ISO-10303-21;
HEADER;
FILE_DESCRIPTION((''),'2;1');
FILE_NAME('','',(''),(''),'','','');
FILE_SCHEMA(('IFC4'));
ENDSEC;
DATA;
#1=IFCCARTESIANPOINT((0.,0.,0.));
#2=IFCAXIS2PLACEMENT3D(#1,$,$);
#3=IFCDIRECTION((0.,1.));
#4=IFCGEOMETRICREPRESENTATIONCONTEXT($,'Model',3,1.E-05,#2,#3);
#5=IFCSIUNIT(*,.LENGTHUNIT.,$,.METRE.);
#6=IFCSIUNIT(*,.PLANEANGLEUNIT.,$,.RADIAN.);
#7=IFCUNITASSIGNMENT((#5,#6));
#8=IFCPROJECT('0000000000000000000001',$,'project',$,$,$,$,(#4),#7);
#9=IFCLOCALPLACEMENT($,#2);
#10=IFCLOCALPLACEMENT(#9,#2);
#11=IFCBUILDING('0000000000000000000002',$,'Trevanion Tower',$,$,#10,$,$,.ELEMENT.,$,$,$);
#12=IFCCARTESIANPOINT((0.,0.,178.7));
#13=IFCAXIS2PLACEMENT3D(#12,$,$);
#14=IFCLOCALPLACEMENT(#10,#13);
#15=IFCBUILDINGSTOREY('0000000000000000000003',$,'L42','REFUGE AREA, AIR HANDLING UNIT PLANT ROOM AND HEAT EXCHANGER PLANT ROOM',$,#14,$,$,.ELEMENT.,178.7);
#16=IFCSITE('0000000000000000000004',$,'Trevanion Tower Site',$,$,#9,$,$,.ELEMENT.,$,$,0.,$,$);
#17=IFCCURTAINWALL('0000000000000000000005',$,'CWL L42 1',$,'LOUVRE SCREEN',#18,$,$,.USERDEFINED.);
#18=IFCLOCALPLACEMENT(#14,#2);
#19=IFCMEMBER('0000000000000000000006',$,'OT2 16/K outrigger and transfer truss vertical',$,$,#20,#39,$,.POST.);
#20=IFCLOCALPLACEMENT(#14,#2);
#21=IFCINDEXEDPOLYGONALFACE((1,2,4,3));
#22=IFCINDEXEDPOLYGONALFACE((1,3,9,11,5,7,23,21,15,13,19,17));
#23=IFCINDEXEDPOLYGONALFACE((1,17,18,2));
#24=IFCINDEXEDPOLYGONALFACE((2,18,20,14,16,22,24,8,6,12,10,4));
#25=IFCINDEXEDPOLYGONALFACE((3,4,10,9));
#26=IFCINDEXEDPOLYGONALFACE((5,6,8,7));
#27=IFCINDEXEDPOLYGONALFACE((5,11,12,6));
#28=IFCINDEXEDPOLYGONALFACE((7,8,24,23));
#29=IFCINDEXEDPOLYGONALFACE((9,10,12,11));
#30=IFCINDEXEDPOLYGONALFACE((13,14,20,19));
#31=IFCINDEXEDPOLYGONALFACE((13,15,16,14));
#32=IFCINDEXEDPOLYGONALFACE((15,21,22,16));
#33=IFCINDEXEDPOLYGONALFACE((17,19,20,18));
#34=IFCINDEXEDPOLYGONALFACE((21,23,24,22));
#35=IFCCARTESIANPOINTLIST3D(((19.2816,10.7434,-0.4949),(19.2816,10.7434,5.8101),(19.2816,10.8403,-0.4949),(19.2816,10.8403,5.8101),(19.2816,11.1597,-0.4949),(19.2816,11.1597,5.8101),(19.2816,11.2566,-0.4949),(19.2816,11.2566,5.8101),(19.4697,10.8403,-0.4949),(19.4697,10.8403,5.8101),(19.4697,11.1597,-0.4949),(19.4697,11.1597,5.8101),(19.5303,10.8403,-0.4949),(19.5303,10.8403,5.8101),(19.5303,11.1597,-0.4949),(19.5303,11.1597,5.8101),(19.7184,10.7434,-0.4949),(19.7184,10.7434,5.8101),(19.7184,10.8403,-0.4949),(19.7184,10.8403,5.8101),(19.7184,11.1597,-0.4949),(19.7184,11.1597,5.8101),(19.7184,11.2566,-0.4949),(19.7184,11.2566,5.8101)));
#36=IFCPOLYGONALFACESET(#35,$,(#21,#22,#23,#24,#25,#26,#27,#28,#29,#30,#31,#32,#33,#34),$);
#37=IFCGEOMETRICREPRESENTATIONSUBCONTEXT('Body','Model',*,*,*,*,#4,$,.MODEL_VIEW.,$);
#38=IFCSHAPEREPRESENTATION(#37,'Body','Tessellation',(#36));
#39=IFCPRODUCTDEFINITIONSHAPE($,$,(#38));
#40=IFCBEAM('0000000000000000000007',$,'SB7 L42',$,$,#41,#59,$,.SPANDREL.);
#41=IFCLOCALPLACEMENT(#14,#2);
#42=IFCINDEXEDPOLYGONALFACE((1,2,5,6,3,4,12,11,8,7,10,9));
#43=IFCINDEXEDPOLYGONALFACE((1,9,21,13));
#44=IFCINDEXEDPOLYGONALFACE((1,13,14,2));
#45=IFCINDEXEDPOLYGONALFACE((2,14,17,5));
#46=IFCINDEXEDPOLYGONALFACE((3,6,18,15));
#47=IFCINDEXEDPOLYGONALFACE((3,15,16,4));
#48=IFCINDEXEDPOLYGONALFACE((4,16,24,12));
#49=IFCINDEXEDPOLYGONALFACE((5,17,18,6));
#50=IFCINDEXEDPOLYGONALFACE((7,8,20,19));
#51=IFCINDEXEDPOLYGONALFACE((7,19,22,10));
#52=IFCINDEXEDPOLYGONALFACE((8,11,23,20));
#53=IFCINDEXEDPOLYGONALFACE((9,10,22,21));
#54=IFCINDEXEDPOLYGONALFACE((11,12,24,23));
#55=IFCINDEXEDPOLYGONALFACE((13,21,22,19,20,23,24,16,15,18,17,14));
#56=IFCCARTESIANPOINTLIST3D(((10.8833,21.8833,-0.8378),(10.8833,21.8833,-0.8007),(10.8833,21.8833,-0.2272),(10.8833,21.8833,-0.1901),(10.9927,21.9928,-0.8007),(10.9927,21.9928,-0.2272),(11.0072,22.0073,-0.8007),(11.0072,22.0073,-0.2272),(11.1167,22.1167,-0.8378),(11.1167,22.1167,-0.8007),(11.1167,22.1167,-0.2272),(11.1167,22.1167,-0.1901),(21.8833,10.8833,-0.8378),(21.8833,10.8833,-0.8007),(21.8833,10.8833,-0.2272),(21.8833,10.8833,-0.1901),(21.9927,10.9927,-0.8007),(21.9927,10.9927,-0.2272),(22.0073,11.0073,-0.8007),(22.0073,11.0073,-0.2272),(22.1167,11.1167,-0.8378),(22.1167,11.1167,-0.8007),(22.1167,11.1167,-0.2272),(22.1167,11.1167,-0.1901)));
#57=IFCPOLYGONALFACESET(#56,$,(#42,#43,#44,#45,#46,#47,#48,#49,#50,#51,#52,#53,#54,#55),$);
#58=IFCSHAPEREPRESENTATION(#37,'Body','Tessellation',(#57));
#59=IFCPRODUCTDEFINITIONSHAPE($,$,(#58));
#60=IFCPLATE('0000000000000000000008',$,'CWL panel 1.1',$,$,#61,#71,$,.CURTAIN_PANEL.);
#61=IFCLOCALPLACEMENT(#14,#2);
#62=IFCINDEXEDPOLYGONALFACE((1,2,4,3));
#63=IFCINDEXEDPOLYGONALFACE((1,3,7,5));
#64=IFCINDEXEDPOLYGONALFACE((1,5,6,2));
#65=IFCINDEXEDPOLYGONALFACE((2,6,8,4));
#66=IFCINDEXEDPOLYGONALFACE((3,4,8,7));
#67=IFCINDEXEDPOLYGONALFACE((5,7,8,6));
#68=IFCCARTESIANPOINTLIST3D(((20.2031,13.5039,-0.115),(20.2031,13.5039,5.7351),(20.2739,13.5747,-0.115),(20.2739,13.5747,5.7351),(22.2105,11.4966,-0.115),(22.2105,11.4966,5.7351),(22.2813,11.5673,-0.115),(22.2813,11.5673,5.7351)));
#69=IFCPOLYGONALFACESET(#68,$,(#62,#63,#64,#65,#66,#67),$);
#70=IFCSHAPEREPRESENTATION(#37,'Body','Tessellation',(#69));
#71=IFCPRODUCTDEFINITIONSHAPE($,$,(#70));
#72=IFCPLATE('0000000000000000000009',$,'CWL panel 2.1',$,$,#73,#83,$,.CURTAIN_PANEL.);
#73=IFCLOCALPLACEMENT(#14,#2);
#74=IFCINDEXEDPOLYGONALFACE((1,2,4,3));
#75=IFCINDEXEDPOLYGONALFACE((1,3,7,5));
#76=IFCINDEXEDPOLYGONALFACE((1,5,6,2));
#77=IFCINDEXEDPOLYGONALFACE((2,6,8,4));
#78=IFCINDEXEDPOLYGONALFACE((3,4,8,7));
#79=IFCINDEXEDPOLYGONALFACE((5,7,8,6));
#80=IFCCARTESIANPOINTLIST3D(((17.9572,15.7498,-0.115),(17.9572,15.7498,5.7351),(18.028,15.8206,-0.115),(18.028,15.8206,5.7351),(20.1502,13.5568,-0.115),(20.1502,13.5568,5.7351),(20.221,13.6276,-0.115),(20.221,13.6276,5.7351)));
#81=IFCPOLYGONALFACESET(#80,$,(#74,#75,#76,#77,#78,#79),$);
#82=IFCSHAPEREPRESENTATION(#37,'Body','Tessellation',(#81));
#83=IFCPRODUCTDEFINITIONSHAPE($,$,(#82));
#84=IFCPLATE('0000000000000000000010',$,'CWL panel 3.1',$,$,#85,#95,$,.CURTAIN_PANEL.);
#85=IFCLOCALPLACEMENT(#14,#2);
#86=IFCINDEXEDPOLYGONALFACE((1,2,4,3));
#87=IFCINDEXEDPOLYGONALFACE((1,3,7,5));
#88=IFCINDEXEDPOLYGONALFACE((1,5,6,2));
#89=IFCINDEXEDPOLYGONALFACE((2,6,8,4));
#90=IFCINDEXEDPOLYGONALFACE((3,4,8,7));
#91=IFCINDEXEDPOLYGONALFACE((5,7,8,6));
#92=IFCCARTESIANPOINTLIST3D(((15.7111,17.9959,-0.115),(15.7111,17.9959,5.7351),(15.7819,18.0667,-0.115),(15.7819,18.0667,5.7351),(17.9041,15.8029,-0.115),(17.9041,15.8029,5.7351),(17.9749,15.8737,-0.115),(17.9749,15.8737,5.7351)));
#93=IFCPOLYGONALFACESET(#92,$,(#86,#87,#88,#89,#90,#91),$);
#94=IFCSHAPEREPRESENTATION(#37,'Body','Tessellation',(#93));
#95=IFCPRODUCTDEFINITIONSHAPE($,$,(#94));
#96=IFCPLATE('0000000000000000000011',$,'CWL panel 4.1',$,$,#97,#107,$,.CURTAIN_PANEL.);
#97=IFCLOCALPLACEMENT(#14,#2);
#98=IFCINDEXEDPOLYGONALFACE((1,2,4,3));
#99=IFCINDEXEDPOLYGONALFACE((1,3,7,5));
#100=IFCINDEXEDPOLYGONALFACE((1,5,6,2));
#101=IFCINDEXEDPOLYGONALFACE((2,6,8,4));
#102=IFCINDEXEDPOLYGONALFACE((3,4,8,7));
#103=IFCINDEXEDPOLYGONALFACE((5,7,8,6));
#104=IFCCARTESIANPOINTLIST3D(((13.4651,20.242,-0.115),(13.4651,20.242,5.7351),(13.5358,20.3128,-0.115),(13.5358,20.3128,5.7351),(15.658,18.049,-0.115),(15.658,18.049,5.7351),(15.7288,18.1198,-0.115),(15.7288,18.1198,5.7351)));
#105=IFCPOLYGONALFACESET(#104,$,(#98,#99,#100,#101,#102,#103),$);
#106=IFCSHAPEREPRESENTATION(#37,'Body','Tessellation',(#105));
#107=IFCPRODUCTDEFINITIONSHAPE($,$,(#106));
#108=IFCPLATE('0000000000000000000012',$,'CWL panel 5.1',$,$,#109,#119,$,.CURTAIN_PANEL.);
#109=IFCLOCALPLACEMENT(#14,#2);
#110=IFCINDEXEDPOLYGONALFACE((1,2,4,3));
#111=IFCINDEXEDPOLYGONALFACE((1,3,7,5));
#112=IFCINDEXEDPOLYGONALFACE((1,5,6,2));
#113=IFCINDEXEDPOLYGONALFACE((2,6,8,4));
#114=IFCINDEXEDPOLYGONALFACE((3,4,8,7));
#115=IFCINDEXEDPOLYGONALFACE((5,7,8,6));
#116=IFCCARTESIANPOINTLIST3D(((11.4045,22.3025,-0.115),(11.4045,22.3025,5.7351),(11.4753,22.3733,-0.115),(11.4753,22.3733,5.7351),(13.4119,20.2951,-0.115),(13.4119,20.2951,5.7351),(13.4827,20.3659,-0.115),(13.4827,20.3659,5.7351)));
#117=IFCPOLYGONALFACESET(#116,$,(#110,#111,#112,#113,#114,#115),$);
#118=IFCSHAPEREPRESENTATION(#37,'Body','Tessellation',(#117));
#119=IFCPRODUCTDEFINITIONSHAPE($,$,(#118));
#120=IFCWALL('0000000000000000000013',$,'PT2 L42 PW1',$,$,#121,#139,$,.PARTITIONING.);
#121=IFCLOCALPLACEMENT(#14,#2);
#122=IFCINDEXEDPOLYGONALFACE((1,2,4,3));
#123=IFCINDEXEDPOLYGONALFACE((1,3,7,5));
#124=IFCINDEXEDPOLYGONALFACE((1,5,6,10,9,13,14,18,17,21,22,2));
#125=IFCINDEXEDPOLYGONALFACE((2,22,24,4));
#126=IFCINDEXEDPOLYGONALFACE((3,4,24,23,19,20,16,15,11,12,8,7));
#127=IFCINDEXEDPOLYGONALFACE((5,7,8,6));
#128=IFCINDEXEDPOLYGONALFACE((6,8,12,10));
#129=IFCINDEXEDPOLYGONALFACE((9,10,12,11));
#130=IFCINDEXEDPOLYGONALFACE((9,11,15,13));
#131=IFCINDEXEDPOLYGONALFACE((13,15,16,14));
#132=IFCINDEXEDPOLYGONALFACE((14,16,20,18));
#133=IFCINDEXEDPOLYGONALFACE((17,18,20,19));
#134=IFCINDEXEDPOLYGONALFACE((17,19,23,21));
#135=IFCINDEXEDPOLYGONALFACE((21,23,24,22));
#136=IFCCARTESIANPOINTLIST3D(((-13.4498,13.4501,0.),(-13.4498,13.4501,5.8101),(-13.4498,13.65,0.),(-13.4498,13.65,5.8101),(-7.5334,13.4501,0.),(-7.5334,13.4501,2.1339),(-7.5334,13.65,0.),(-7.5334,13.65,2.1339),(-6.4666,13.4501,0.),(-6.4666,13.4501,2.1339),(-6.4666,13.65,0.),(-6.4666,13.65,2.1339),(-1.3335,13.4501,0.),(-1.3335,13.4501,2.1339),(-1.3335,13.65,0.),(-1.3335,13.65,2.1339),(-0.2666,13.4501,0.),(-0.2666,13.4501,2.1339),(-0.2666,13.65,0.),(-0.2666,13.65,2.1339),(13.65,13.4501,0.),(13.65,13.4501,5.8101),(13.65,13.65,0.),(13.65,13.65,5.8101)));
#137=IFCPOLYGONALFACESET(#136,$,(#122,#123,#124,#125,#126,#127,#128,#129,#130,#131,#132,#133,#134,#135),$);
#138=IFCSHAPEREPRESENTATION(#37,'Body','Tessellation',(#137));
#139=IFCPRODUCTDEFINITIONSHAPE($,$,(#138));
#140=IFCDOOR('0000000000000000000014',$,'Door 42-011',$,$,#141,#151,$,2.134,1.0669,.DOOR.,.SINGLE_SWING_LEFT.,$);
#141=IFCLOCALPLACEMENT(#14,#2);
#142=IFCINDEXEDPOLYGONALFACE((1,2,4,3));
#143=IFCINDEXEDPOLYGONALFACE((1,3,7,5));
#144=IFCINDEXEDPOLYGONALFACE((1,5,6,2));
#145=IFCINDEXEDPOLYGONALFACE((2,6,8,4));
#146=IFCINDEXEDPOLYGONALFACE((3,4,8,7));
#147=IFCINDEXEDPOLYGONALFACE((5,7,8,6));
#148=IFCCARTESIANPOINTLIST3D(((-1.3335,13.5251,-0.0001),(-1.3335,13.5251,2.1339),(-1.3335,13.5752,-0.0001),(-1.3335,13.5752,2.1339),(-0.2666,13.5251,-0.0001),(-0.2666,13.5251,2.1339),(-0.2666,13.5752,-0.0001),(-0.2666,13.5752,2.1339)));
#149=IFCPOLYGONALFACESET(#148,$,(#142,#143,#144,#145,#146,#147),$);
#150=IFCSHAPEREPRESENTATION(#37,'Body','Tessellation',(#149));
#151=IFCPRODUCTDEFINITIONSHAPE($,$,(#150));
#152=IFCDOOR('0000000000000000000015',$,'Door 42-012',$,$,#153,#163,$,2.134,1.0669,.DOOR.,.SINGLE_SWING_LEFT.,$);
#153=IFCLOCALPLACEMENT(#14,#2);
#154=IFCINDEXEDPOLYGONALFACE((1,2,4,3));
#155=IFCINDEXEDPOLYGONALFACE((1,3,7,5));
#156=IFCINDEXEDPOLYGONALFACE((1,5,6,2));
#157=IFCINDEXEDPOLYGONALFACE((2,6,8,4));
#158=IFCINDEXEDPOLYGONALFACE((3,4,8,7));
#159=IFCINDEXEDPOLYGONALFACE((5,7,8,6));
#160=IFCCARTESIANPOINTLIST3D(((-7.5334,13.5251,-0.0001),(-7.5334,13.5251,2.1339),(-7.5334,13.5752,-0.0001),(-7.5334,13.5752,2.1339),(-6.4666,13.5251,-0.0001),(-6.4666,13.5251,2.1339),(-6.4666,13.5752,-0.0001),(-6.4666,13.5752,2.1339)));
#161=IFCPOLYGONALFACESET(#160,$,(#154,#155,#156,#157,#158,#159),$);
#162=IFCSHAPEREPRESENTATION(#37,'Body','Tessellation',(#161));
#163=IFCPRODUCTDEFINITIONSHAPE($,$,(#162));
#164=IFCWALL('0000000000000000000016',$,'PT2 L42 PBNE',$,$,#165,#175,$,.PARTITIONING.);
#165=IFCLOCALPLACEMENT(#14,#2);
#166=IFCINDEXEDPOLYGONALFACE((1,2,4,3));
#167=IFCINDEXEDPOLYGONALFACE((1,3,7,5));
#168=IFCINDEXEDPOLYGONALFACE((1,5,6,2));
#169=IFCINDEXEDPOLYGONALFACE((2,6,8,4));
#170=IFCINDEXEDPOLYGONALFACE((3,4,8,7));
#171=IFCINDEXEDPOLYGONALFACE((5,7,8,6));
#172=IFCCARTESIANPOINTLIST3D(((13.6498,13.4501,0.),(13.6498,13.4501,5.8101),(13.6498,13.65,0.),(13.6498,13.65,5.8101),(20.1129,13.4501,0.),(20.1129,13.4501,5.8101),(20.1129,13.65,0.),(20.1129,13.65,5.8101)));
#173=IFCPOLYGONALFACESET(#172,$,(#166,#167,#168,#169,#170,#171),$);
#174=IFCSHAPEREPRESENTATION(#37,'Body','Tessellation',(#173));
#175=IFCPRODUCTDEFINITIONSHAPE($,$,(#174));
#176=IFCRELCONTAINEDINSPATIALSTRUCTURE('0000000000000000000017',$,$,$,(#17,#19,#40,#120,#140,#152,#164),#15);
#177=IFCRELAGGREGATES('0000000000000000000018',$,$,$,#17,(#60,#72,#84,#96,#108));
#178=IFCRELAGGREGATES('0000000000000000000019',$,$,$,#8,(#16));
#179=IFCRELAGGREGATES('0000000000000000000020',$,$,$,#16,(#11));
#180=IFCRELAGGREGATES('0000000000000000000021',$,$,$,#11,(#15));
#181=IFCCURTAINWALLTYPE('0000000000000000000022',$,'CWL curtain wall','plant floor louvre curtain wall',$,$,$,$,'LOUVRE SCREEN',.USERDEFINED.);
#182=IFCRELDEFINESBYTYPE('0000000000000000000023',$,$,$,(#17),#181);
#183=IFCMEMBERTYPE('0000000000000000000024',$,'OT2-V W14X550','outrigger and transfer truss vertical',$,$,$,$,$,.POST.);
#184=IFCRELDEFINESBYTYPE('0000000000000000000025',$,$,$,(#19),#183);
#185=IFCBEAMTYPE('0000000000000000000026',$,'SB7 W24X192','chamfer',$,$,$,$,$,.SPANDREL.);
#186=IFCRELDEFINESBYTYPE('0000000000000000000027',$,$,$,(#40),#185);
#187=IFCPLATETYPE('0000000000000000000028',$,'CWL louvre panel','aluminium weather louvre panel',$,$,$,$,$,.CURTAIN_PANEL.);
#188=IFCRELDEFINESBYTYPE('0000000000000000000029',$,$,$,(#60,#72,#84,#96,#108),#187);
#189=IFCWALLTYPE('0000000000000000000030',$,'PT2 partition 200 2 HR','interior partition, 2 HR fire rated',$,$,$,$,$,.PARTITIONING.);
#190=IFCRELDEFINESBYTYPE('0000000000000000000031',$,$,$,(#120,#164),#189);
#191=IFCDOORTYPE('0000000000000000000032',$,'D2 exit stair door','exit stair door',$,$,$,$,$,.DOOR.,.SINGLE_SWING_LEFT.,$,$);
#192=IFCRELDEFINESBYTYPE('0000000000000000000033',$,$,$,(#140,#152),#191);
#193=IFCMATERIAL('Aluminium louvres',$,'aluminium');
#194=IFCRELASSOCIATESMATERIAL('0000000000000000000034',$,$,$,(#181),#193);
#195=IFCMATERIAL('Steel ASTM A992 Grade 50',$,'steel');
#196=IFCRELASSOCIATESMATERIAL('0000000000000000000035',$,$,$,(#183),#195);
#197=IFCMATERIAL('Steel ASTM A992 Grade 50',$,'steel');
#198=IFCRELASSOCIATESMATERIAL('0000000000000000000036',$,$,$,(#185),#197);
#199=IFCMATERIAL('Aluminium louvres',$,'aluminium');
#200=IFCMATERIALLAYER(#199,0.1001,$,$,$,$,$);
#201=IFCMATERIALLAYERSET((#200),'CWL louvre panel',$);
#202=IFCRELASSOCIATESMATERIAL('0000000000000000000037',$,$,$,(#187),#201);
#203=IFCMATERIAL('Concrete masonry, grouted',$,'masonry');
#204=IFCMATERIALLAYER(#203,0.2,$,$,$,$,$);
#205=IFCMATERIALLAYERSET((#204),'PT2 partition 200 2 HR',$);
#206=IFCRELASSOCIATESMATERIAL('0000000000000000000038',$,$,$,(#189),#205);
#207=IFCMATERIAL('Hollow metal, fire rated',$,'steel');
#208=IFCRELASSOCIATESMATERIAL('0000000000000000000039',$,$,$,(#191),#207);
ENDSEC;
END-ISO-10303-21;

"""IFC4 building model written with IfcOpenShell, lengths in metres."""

from ifc_helpers import new_model, si_unit, direction, frame, frame_2d, origin, origin_2d, place, context, subcontext, project, spatial, rectangle, i_section, extrude, material, layer, layer_set, material_profile, profile_set, type_object, element, fill, aggregate, save


model = new_model("IFC4")

# Units and contexts
model_context = context("Model", 3, precision=1e-05, world=origin(), true_north=direction((0.0, 1.0)))
body_context = subcontext(model_context, "Body", "Model", "MODEL_VIEW")
ifc_project = project(units=[si_unit("LENGTHUNIT", "METRE"), si_unit("PLANEANGLEUNIT", "RADIAN")], contexts=[model_context])

# Site, building, storey
site_placement = place(None, origin())
site = spatial("IfcSite", under=ifc_project, at=site_placement, Name="Trevanion Tower Site", CompositionType="ELEMENT", RefElevation=0.0)
building_placement = place(site_placement, origin())
building = spatial("IfcBuilding", under=site, at=building_placement, Name="Trevanion Tower", CompositionType="ELEMENT")
storey_placement = place(building_placement, frame((0.0, 0.0, 178.7)))
storey = spatial("IfcBuildingStorey", under=building, at=storey_placement, Name="L42", Description="REFUGE AREA, AIR HANDLING UNIT PLANT ROOM AND HEAT EXCHANGER PLANT ROOM", CompositionType="ELEMENT", Elevation=178.7)

# Curtain wall
ifc_material_1 = material(Name="Aluminium louvres", Category="aluminium")
curtain_wall_type = type_object("IfcCurtainWallType", Name="CWL curtain wall", Description="plant floor louvre curtain wall", ElementType="LOUVRE SCREEN", PredefinedType="USERDEFINED", material=ifc_material_1)
curtain_wall_1_placement = place(storey_placement, origin())
curtain_wall_1 = element("IfcCurtainWall", 1, at=curtain_wall_1_placement, inside=storey, type_object=curtain_wall_type, Name="CWL L42 1", ObjectType="LOUVRE SCREEN", PredefinedType="USERDEFINED")

# Member
ifc_material_2 = material(Name="Steel ASTM A992 Grade 50", Category="steel")
ifc_material_profile_1 = material_profile(ifc_material_2, i_section(OverallWidth=0.4368, OverallDepth=0.5132, WebThickness=0.0605, FlangeThickness=0.0969, at=origin_2d()), Name="W14X550")
ifc_profile_set_1 = profile_set([ifc_material_profile_1], Name="Steel ASTM A992 Grade 50")
member_type_1 = type_object("IfcMemberType", Name="OT2-V W14X550", Description="outrigger and transfer truss vertical", PredefinedType="POST", material=ifc_profile_set_1)
for number, where, z_axis, x_axis, name in (
    (2, (19.5, 11.0, -0.4949), (0.0, 0.0, 1.0), (1.0, 0.0, 0.0), "OT2 16/K outrigger and transfer truss vertical"),
):
    element("IfcMember", number, at=place(storey_placement, frame(where, z_axis=z_axis, x_axis=x_axis)), inside=storey, type_object=member_type_1, Name=name, PredefinedType="POST", context=body_context, shape_type="SweptSolid", body=[
        extrude(i_section(OverallWidth=0.4368, OverallDepth=0.5132, WebThickness=0.0605, FlangeThickness=0.0969, at=origin_2d()), origin(), (0.0, 0.0, 1.0), 6.3049),
    ])

# Beam
ifc_material_3 = material(Name="Steel ASTM A992 Grade 50", Category="steel")
ifc_material_profile_2 = material_profile(ifc_material_3, i_section(OverallWidth=0.3301, OverallDepth=0.6477, WebThickness=0.0205, FlangeThickness=0.0371, at=origin_2d()), Name="W24X192")
ifc_profile_set_2 = profile_set([ifc_material_profile_2], Name="Steel ASTM A992 Grade 50")
beam_type_1 = type_object("IfcBeamType", Name="SB7 W24X192", Description="chamfer", PredefinedType="SPANDREL", material=ifc_profile_set_2)
beam_1_placement = place(storey_placement, frame((22.0, 11.0, -0.5139), z_axis=(-0.707107, 0.707107, 0.0), x_axis=(-0.707107, -0.707107, 0.0)))
element("IfcBeam", 3, at=beam_1_placement, inside=storey, type_object=beam_type_1, Name="SB7 L42", PredefinedType="SPANDREL", context=body_context, shape_type="SweptSolid", body=[
    extrude(i_section(OverallWidth=0.3301, OverallDepth=0.6477, WebThickness=0.0205, FlangeThickness=0.0371, at=origin_2d()), origin(), (0.0, 0.0, 1.0), 15.5564),
])

# Plates
ifc_material_4 = material(Name="Aluminium louvres", Category="aluminium")
ifc_layer_1 = layer(ifc_material_4, 0.1001)
ifc_layer_set_1 = layer_set([ifc_layer_1], Name="CWL louvre panel")
plate_type = type_object("IfcPlateType", Name="CWL louvre panel", Description="aluminium weather louvre panel", PredefinedType="CURTAIN_PANEL", material=ifc_layer_set_1)
plate_1_placement = place(storey_placement, frame((21.2422, 12.5356, -0.115), z_axis=(0.0, 0.0, 1.0), x_axis=(-0.707107, 0.707107, 0.0)))
plate_1 = element("IfcPlate", 4, at=plate_1_placement, type_object=plate_type, Name="CWL panel 1.1", PredefinedType="CURTAIN_PANEL", context=body_context, shape_type="SweptSolid", body=[
    extrude(rectangle(XDim=2.8389, YDim=0.1001, at=origin_2d()), origin(), (0.0, 0.0, 1.0), 5.8501),
])
plate_2_placement = place(storey_placement, frame((19.0891, 14.6887, -0.115), z_axis=(0.0, 0.0, 1.0), x_axis=(-0.707107, 0.707107, 0.0)))
plate_2 = element("IfcPlate", 5, at=plate_2_placement, type_object=plate_type, Name="CWL panel 2.1", PredefinedType="CURTAIN_PANEL", context=body_context, shape_type="SweptSolid", body=[
    extrude(rectangle(XDim=3.1013, YDim=0.1001, at=origin_2d()), origin(), (0.0, 0.0, 1.0), 5.8501),
])
plate_3_placement = place(storey_placement, frame((16.843, 16.9348, -0.115), z_axis=(0.0, 0.0, 1.0), x_axis=(-0.707107, 0.707107, 0.0)))
plate_3 = element("IfcPlate", 6, at=plate_3_placement, type_object=plate_type, Name="CWL panel 3.1", PredefinedType="CURTAIN_PANEL", context=body_context, shape_type="SweptSolid", body=[
    extrude(rectangle(XDim=3.1013, YDim=0.1001, at=origin_2d()), origin(), (0.0, 0.0, 1.0), 5.8501),
])
plate_4_placement = place(storey_placement, frame((14.5969, 19.1809, -0.115), z_axis=(0.0, 0.0, 1.0), x_axis=(-0.707107, 0.707107, 0.0)))
plate_4 = element("IfcPlate", 7, at=plate_4_placement, type_object=plate_type, Name="CWL panel 4.1", PredefinedType="CURTAIN_PANEL", context=body_context, shape_type="SweptSolid", body=[
    extrude(rectangle(XDim=3.1013, YDim=0.1001, at=origin_2d()), origin(), (0.0, 0.0, 1.0), 5.8501),
])
plate_5_placement = place(storey_placement, frame((12.4436, 21.3342, -0.115), z_axis=(0.0, 0.0, 1.0), x_axis=(-0.707107, 0.707107, 0.0)))
plate_5 = element("IfcPlate", 8, at=plate_5_placement, type_object=plate_type, Name="CWL panel 5.1", PredefinedType="CURTAIN_PANEL", context=body_context, shape_type="SweptSolid", body=[
    extrude(rectangle(XDim=2.8389, YDim=0.1001, at=origin_2d()), origin(), (0.0, 0.0, 1.0), 5.8501),
])
aggregate(curtain_wall_1, [plate_1, plate_2, plate_3, plate_4, plate_5])

# Wall, openings, doors
ifc_material_5 = material(Name="Concrete masonry, grouted", Category="masonry")
ifc_layer_2 = layer(ifc_material_5, 0.2)
ifc_layer_set_2 = layer_set([ifc_layer_2], Name="PT2 partition 200 2 HR")
wall_type = type_object("IfcWallType", Name="PT2 partition 200 2 HR", Description="interior partition, 2 HR fire rated", PredefinedType="PARTITIONING", material=ifc_layer_set_2)
wall_1_placement = place(storey_placement, frame((13.6499, 13.55, 0.0), z_axis=(0.0, 0.0, 1.0), x_axis=(-1.0, 0.0, 0.0)))
wall_1 = element("IfcWall", 9, at=wall_1_placement, inside=storey, type_object=wall_type, Name="PT2 L42 PW1", PredefinedType="PARTITIONING", context=body_context, shape_type="SweptSolid", body=[
    extrude(rectangle(XDim=27.0999, YDim=0.2, at=frame_2d((13.5498, 0.0))), origin(), (0.0, 0.0, 1.0), 5.8101),
])
opening_1_placement = place(wall_1_placement, frame((13.9165, 0.0, 0.0)))
opening_1 = element("IfcOpeningElement", 10, at=opening_1_placement, cuts=wall_1, PredefinedType="OPENING", context=body_context, shape_type="SweptSolid", body=[
    extrude(rectangle(XDim=1.0669, YDim=2.134, at=frame_2d((0.5334, 1.0669))), frame((0.0, 0.1099, 0.0), z_axis=(0.0, -1.0, 0.0), x_axis=(1.0, 0.0, 0.0)), (0.0, 0.0, 1.0), 0.22),
])
opening_2_placement = place(wall_1_placement, frame((20.1165, 0.0, 0.0)))
opening_2 = element("IfcOpeningElement", 11, at=opening_2_placement, cuts=wall_1, PredefinedType="OPENING", context=body_context, shape_type="SweptSolid", body=[
    extrude(rectangle(XDim=1.0669, YDim=2.134, at=frame_2d((0.5334, 1.0669))), frame((0.0, 0.1099, 0.0), z_axis=(0.0, -1.0, 0.0), x_axis=(1.0, 0.0, 0.0)), (0.0, 0.0, 1.0), 0.22),
])
ifc_material_6 = material(Name="Hollow metal, fire rated", Category="steel")
door_type = type_object("IfcDoorType", Name="D2 exit stair door", Description="exit stair door", OperationType="SINGLE_SWING_LEFT", PredefinedType="DOOR", material=ifc_material_6)
door_1_placement = place(opening_1_placement, origin())
door_1 = element("IfcDoor", 12, at=door_1_placement, inside=storey, type_object=door_type, Name="Door 42-011", OperationType="SINGLE_SWING_LEFT", OverallHeight=2.134, OverallWidth=1.0669, PredefinedType="DOOR", context=body_context, shape_type="SweptSolid", body=[
    extrude(rectangle(XDim=1.0669, YDim=2.134, at=frame_2d((0.5334, 1.0669))), frame((0.0, 0.0249, 0.0), z_axis=(0.0, -1.0, 0.0), x_axis=(1.0, 0.0, 0.0)), (0.0, 0.0, 1.0), 0.05),
])
fill(opening_1, door_1)
door_2_placement = place(opening_2_placement, origin())
door_2 = element("IfcDoor", 13, at=door_2_placement, inside=storey, type_object=door_type, Name="Door 42-012", OperationType="SINGLE_SWING_LEFT", OverallHeight=2.134, OverallWidth=1.0669, PredefinedType="DOOR", context=body_context, shape_type="SweptSolid", body=[
    extrude(rectangle(XDim=1.0669, YDim=2.134, at=frame_2d((0.5334, 1.0669))), frame((0.0, 0.0249, 0.0), z_axis=(0.0, -1.0, 0.0), x_axis=(1.0, 0.0, 0.0)), (0.0, 0.0, 1.0), 0.05),
])
fill(opening_2, door_2)

# Wall
wall_2_placement = place(storey_placement, frame((13.6499, 13.55, 0.0), z_axis=(0.0, 0.0, 1.0), x_axis=(1.0, 0.0, 0.0)))
element("IfcWall", 14, at=wall_2_placement, inside=storey, type_object=wall_type, Name="PT2 L42 PBNE", PredefinedType="PARTITIONING", context=body_context, shape_type="SweptSolid", body=[
    extrude(rectangle(XDim=6.4631, YDim=0.2, at=frame_2d((3.2314, 0.0))), origin(), (0.0, 0.0, 1.0), 5.8101),
])

save(model, "model.ifc")
